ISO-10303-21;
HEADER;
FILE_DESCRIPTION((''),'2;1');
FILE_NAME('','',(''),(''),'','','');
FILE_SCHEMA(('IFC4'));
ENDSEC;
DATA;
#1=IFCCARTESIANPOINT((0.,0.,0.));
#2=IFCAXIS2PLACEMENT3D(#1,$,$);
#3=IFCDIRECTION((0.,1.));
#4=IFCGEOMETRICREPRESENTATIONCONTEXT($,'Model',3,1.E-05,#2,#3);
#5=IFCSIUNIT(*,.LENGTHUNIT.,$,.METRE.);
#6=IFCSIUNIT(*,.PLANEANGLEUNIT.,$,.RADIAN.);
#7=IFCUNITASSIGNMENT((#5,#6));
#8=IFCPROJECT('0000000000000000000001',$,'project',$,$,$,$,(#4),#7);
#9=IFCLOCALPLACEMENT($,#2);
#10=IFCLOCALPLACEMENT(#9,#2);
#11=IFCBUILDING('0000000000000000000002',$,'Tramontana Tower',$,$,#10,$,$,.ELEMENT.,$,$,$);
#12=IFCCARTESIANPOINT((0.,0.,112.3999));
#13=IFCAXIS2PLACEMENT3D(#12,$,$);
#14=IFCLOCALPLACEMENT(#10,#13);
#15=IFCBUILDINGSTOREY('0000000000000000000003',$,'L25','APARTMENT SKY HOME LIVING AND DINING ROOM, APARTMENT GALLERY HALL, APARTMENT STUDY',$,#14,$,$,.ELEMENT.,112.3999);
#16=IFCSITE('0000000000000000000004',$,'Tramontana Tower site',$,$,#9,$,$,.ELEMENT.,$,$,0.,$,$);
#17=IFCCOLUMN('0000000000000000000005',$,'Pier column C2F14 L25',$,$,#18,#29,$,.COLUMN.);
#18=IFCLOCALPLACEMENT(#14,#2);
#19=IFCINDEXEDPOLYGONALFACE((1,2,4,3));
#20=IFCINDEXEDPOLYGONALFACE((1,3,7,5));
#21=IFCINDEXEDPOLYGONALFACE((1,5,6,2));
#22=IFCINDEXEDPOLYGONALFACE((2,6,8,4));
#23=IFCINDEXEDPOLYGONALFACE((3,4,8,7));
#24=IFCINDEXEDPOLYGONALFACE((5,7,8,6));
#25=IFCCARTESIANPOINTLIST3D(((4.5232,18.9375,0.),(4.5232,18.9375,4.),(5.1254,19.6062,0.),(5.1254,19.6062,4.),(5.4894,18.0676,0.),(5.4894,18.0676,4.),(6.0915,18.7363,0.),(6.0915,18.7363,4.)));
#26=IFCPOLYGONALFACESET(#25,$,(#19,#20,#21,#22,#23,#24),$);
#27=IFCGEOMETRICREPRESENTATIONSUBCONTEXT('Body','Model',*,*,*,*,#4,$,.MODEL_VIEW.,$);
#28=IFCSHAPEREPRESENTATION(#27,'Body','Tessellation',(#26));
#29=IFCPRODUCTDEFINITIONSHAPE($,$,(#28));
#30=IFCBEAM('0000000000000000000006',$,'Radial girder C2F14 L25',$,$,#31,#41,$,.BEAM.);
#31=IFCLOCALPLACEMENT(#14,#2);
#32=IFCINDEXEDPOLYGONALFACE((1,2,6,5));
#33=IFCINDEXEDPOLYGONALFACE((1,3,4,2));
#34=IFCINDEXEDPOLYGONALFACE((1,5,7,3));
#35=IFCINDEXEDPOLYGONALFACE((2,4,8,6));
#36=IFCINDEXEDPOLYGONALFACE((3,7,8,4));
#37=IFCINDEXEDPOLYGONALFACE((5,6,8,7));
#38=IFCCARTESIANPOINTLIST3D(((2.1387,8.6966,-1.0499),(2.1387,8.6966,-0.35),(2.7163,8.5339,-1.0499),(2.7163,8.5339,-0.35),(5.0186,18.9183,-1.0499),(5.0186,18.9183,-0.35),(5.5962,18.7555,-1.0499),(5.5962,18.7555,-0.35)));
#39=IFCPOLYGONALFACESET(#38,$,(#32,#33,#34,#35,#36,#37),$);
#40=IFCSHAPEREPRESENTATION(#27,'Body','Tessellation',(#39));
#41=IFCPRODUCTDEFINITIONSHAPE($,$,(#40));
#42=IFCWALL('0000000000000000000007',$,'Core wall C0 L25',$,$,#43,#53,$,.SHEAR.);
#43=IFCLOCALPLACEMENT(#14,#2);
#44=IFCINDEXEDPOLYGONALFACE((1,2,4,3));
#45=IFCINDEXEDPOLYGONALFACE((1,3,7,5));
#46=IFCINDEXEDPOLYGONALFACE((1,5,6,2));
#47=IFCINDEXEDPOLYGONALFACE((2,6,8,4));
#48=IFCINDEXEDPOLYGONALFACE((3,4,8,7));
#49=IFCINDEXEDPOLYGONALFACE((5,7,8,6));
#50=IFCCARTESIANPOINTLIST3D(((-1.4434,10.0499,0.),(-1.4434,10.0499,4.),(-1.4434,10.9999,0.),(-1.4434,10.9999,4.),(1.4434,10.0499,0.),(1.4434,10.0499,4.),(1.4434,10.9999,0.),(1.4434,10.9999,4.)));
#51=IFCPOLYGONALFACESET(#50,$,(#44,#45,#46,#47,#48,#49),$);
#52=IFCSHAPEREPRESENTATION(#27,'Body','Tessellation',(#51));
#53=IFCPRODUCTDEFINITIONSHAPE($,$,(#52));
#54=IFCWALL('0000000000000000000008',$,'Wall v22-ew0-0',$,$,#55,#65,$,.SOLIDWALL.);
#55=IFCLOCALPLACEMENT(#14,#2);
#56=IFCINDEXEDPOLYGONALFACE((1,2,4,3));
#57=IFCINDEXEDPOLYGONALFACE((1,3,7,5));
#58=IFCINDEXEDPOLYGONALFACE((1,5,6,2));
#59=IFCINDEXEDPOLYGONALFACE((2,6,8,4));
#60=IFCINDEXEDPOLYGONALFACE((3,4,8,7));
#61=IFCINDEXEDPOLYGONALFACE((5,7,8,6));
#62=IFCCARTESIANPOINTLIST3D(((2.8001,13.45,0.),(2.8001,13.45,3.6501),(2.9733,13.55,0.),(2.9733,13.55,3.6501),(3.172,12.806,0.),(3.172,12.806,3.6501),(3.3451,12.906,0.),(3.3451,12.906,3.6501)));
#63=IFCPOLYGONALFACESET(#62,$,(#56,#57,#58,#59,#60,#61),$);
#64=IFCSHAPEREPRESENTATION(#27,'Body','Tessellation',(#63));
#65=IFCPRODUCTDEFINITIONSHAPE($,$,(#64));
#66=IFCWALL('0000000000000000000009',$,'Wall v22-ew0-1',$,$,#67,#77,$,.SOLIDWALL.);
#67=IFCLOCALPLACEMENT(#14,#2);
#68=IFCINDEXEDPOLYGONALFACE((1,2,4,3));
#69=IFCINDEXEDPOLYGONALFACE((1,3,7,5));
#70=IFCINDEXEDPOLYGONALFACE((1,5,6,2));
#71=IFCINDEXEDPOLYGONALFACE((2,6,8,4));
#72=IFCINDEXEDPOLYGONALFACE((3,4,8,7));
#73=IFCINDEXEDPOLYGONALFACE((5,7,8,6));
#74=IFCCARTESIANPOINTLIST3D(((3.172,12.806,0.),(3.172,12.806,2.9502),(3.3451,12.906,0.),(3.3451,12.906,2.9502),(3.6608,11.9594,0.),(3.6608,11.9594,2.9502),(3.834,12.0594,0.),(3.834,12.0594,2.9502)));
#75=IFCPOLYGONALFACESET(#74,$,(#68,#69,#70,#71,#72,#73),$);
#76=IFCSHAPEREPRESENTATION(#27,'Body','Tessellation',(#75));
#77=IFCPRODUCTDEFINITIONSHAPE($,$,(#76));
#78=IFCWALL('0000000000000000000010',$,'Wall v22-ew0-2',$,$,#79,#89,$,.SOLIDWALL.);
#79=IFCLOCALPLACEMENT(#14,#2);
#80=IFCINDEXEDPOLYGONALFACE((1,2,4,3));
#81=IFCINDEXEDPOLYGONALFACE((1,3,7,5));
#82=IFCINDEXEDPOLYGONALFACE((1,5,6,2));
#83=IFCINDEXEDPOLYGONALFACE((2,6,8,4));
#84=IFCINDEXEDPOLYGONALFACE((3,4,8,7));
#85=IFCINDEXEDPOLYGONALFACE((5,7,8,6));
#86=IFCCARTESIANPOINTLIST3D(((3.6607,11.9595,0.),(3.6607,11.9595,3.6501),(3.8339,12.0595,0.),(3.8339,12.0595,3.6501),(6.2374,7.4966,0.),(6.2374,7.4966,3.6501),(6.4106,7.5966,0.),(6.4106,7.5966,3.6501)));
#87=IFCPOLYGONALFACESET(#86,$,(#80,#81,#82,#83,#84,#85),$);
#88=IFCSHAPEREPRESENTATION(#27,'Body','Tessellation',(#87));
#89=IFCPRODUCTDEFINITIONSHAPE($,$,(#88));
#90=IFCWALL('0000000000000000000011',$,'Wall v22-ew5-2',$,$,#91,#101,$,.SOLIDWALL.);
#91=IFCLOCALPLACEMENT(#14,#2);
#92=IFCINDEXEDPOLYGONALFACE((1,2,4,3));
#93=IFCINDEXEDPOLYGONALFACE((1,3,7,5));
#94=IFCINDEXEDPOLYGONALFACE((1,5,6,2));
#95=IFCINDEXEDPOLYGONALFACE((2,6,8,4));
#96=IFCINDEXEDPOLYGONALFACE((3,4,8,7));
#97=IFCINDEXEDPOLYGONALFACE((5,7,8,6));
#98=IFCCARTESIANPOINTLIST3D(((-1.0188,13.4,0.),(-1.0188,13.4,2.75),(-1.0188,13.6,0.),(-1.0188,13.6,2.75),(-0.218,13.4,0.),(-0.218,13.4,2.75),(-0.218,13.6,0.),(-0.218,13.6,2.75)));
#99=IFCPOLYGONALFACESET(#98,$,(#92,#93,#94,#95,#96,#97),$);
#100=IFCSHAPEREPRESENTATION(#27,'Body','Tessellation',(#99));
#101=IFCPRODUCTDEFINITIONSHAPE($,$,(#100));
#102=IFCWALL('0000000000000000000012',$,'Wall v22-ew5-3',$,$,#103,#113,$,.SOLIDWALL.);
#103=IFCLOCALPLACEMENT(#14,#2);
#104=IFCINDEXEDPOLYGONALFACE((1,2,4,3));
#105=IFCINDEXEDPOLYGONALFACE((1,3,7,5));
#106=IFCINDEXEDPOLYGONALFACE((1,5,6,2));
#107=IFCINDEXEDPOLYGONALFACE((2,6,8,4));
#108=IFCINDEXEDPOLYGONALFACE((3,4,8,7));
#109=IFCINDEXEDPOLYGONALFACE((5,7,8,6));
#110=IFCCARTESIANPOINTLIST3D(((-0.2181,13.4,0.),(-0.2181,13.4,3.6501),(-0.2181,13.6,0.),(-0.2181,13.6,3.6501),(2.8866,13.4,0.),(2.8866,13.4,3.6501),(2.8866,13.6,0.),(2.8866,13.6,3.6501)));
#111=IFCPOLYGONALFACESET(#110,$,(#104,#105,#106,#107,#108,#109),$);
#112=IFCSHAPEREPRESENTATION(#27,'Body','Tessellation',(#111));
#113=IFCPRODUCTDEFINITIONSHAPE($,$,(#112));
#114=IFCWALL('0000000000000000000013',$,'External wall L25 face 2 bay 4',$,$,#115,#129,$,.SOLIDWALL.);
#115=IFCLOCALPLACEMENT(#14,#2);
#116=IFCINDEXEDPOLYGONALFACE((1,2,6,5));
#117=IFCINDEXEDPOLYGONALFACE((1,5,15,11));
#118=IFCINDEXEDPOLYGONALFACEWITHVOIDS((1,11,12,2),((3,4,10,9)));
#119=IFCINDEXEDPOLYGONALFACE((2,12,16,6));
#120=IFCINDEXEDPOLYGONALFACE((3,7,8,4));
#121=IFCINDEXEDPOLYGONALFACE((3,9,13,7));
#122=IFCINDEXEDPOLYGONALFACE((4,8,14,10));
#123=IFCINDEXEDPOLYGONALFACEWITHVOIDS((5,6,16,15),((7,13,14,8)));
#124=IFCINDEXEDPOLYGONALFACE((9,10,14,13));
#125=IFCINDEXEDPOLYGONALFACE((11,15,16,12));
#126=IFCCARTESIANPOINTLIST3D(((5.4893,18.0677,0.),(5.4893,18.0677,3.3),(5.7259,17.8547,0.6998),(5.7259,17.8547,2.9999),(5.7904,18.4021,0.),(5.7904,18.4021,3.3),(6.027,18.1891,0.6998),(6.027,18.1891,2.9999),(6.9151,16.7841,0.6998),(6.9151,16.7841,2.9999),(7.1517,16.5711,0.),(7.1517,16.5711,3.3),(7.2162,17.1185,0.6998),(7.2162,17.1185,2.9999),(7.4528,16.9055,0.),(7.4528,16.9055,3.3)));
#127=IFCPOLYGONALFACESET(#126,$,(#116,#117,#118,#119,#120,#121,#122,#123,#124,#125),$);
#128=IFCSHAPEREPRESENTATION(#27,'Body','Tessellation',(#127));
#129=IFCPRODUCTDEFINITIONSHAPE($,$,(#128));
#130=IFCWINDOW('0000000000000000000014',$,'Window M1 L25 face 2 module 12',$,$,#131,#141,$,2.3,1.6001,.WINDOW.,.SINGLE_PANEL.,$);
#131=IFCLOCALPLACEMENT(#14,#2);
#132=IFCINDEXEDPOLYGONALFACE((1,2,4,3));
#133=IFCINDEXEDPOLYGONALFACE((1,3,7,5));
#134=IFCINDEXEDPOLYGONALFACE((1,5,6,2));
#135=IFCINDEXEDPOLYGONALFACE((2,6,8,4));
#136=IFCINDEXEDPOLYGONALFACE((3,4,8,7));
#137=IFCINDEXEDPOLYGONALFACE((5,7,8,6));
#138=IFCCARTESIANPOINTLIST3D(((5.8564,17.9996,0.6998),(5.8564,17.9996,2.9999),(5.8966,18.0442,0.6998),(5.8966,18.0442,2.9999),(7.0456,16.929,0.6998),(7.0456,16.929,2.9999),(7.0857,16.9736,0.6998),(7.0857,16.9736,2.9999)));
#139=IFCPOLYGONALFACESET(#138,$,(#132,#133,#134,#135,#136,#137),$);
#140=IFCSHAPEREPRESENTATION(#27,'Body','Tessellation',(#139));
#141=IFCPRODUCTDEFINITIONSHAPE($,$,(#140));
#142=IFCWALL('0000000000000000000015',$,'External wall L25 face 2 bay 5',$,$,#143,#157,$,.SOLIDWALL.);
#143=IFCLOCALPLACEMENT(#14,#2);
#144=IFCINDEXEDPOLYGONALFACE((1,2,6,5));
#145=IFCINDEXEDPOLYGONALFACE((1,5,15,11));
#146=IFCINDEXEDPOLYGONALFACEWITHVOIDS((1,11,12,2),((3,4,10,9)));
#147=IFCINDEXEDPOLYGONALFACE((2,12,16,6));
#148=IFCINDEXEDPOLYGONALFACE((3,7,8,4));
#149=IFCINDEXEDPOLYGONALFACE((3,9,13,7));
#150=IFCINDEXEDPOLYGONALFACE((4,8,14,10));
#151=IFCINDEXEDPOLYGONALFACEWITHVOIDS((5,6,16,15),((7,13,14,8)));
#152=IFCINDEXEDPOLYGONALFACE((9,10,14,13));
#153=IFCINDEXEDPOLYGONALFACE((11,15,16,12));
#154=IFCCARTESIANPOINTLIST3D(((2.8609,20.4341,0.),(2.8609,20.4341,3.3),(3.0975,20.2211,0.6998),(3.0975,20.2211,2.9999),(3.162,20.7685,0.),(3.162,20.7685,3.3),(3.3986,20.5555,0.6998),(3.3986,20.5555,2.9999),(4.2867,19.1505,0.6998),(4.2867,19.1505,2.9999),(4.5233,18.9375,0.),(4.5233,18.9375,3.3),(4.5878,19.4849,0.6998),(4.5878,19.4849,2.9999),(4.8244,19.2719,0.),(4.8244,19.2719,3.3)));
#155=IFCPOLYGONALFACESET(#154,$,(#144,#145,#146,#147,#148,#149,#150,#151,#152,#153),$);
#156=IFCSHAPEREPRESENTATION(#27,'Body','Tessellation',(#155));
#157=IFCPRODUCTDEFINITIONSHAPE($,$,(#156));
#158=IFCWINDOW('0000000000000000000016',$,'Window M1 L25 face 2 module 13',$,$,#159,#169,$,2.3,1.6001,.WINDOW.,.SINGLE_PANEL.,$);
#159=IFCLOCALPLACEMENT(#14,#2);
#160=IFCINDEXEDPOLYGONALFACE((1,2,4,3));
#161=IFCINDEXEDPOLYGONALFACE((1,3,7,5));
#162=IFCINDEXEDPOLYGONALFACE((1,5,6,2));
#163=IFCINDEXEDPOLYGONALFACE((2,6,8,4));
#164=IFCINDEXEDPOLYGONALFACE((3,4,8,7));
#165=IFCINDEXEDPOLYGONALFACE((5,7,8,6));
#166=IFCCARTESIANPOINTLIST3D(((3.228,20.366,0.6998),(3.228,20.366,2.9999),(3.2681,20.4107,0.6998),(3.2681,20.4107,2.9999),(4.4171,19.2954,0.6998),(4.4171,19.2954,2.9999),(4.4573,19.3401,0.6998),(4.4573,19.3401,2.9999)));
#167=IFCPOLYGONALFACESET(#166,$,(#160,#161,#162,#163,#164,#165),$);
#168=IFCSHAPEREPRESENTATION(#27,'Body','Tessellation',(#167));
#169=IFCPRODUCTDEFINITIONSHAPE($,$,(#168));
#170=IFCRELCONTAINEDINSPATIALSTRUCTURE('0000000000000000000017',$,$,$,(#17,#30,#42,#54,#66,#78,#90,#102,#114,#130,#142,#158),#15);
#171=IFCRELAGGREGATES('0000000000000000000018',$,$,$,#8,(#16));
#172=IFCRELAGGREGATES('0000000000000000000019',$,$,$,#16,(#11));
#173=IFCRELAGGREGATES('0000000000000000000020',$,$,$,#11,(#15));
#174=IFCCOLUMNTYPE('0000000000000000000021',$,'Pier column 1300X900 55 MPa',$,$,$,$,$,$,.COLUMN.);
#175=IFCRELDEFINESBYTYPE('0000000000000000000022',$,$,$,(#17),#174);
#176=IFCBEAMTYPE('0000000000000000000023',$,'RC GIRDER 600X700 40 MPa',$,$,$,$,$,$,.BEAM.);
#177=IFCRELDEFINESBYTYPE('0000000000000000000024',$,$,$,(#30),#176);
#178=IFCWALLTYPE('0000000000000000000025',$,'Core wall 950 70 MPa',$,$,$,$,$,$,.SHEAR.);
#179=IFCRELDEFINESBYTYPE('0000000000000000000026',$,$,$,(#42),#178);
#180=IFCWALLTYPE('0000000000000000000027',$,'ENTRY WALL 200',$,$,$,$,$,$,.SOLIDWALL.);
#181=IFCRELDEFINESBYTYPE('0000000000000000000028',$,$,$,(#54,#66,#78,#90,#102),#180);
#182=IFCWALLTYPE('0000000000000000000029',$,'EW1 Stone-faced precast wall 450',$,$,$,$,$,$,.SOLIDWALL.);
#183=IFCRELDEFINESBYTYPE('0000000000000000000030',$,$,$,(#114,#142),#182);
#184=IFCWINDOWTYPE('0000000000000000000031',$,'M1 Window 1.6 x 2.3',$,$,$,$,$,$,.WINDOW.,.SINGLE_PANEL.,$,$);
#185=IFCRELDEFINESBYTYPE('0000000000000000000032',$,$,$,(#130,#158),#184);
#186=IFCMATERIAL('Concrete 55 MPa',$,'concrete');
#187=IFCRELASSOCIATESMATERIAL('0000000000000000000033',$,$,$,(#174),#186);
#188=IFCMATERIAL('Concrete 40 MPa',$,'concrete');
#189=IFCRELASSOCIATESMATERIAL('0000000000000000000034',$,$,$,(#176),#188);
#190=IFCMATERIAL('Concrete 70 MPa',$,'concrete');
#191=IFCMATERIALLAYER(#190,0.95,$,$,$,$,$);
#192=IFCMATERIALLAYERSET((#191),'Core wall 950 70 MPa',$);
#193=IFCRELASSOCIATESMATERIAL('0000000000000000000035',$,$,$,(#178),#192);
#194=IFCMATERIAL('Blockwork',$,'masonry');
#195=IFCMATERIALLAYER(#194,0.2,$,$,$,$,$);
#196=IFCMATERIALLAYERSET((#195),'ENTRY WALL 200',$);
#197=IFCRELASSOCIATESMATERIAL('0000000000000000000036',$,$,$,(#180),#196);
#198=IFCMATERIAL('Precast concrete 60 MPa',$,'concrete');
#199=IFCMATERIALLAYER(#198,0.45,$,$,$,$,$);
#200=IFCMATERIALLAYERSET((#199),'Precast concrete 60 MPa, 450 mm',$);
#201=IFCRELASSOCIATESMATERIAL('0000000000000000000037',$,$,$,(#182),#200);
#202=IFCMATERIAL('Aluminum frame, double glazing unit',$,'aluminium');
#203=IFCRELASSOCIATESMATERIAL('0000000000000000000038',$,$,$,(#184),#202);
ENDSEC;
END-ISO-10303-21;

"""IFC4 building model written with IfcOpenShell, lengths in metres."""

from ifc_helpers import new_model, si_unit, direction, frame, frame_2d, origin, origin_2d, place, context, subcontext, project, spatial, rectangle, extrude, material, layer, layer_set, material_profile, profile_set, type_object, element, fill, save


model = new_model("IFC4")

# Units and contexts
model_context = context("Model", 3, precision=1e-05, world=origin(), true_north=direction((0.0, 1.0)))
body_context = subcontext(model_context, "Body", "Model", "MODEL_VIEW")
ifc_project = project(units=[si_unit("LENGTHUNIT", "METRE"), si_unit("PLANEANGLEUNIT", "RADIAN")], contexts=[model_context])

# Site, building, storey
site_placement = place(None, origin())
site = spatial("IfcSite", under=ifc_project, at=site_placement, Name="Tramontana Tower site", CompositionType="ELEMENT", RefElevation=0.0)
building_placement = place(site_placement, origin())
building = spatial("IfcBuilding", under=site, at=building_placement, Name="Tramontana Tower", CompositionType="ELEMENT")
storey_placement = place(building_placement, frame((0.0, 0.0, 112.3999)))
storey = spatial("IfcBuildingStorey", under=building, at=storey_placement, Name="L25", Description="APARTMENT SKY HOME LIVING AND DINING ROOM, APARTMENT GALLERY HALL, APARTMENT STUDY", CompositionType="ELEMENT", Elevation=112.3999)

# Column
ifc_material_1 = material(Name="Concrete 55 MPa", Category="concrete")
ifc_material_profile_1 = material_profile(ifc_material_1, rectangle(XDim=1.3, YDim=0.8999, at=origin_2d()), Name="Pier column 1300X900 55 MPa")
ifc_profile_set_1 = profile_set([ifc_material_profile_1], Name="Concrete 55 MPa")
column_type = type_object("IfcColumnType", Name="Pier column 1300X900 55 MPa", PredefinedType="COLUMN", material=ifc_profile_set_1)
column_placement = place(storey_placement, frame((5.3074, 18.8369, 0.0), z_axis=(0.0, 0.0, 1.0), x_axis=(-0.743145, 0.669131, 0.0)))
element("IfcColumn", 1, at=column_placement, inside=storey, type_object=column_type, Name="Pier column C2F14 L25", PredefinedType="COLUMN", context=body_context, shape_type="SweptSolid", body=[
    extrude(rectangle(XDim=1.3, YDim=0.8999, at=origin_2d()), origin(), (0.0, 0.0, 1.0), 4.0),
])

# Beam
ifc_material_2 = material(Name="Concrete 40 MPa", Category="concrete")
ifc_material_profile_2 = material_profile(ifc_material_2, rectangle(XDim=0.6001, YDim=0.7, at=origin_2d()), Name="RC GIRDER 600X700 40 MPa")
ifc_profile_set_2 = profile_set([ifc_material_profile_2], Name="Concrete 40 MPa")
beam_type = type_object("IfcBeamType", Name="RC GIRDER 600X700 40 MPa", PredefinedType="BEAM", material=ifc_profile_set_2)
beam_placement = place(storey_placement, frame((5.3074, 18.8369, -0.7), z_axis=(-0.271185, -0.962527, 0.0), x_axis=(0.962527, -0.271185, 0.0)))
element("IfcBeam", 2, at=beam_placement, inside=storey, type_object=beam_type, Name="Radial girder C2F14 L25", PredefinedType="BEAM", context=body_context, shape_type="SweptSolid", body=[
    extrude(rectangle(XDim=0.6001, YDim=0.7, at=origin_2d()), origin(), (0.0, 0.0, 1.0), 10.6196),
])

# Walls
ifc_material_3 = material(Name="Concrete 70 MPa", Category="concrete")
ifc_layer_1 = layer(ifc_material_3, 0.95)
ifc_layer_set_1 = layer_set([ifc_layer_1], Name="Core wall 950 70 MPa")
wall_type_1 = type_object("IfcWallType", Name="Core wall 950 70 MPa", PredefinedType="SHEAR", material=ifc_layer_set_1)
wall_1_placement = place(storey_placement, frame((1.4434, 10.5249, 0.0), z_axis=(0.0, 0.0, 1.0), x_axis=(-1.0, 0.0, 0.0)))
element("IfcWall", 3, at=wall_1_placement, inside=storey, type_object=wall_type_1, Name="Core wall C0 L25", PredefinedType="SHEAR", context=body_context, shape_type="SweptSolid", body=[
    extrude(rectangle(XDim=2.8867, YDim=0.95, at=frame_2d((1.4434, 0.0))), origin(), (0.0, 0.0, 1.0), 4.0),
])
ifc_material_4 = material(Name="Blockwork", Category="masonry")
ifc_layer_2 = layer(ifc_material_4, 0.2)
ifc_layer_set_2 = layer_set([ifc_layer_2], Name="ENTRY WALL 200")
wall_type_2 = type_object("IfcWallType", Name="ENTRY WALL 200", PredefinedType="SOLIDWALL", material=ifc_layer_set_2)
wall_2_placement = place(storey_placement, frame((2.8867, 13.5, 0.0), z_axis=(0.0, 0.0, 1.0), x_axis=(0.499988, -0.866033, 0.0)))
element("IfcWall", 4, at=wall_2_placement, inside=storey, type_object=wall_type_2, Name="Wall v22-ew0-0", PredefinedType="SOLIDWALL", context=body_context, shape_type="SweptSolid", body=[
    extrude(rectangle(XDim=0.7437, YDim=0.2, at=frame_2d((0.3718, 0.0))), origin(), (0.0, 0.0, 1.0), 3.6501),
])
wall_3_placement = place(storey_placement, frame((3.2585, 12.856, 0.0), z_axis=(0.0, 0.0, 1.0), x_axis=(0.500061, -0.86599, 0.0)))
element("IfcWall", 5, at=wall_3_placement, inside=storey, type_object=wall_type_2, Name="Wall v22-ew0-1", PredefinedType="SOLIDWALL", context=body_context, shape_type="SweptSolid", body=[
    extrude(rectangle(XDim=0.9775, YDim=0.2, at=frame_2d((0.4888, 0.0))), origin(), (0.0, 0.0, 1.0), 2.9502),
])
wall_4_placement = place(storey_placement, frame((3.7473, 12.0095, 0.0), z_axis=(0.0, 0.0, 1.0), x_axis=(0.500001, -0.866025, 0.0)))
element("IfcWall", 6, at=wall_4_placement, inside=storey, type_object=wall_type_2, Name="Wall v22-ew0-2", PredefinedType="SOLIDWALL", context=body_context, shape_type="SweptSolid", body=[
    extrude(rectangle(XDim=5.1533, YDim=0.2, at=frame_2d((2.5767, 0.0))), origin(), (0.0, 0.0, 1.0), 3.6501),
])
wall_5_placement = place(storey_placement, frame((-1.0188, 13.5, 0.0), z_axis=(0.0, 0.0, 1.0), x_axis=(1.0, 0.0, 0.0)))
element("IfcWall", 7, at=wall_5_placement, inside=storey, type_object=wall_type_2, Name="Wall v22-ew5-2", PredefinedType="SOLIDWALL", context=body_context, shape_type="SweptSolid", body=[
    extrude(rectangle(XDim=0.8008, YDim=0.2, at=frame_2d((0.4004, 0.0))), origin(), (0.0, 0.0, 1.0), 2.75),
])
wall_6_placement = place(storey_placement, frame((-0.218, 13.5, 0.0), z_axis=(0.0, 0.0, 1.0), x_axis=(1.0, 0.0, 0.0)))
element("IfcWall", 8, at=wall_6_placement, inside=storey, type_object=wall_type_2, Name="Wall v22-ew5-3", PredefinedType="SOLIDWALL", context=body_context, shape_type="SweptSolid", body=[
    extrude(rectangle(XDim=3.1047, YDim=0.2, at=frame_2d((1.5522, 0.0))), origin(), (0.0, 0.0, 1.0), 3.6501),
])

# Walls, openings, windows
ifc_material_5 = material(Name="Precast concrete 60 MPa", Category="concrete")
ifc_layer_3 = layer(ifc_material_5, 0.45)
ifc_layer_set_3 = layer_set([ifc_layer_3], Name="Precast concrete 60 MPa, 450 mm")
wall_type_3 = type_object("IfcWallType", Name="EW1 Stone-faced precast wall 450", PredefinedType="SOLIDWALL", material=ifc_layer_set_3)
wall_7_placement = place(storey_placement, frame((7.3022, 16.7383, 0.0), z_axis=(0.0, 0.0, 1.0), x_axis=(-0.743191, 0.669079, 0.0)))
wall_7 = element("IfcWall", 9, at=wall_7_placement, inside=storey, type_object=wall_type_3, Name="External wall L25 face 2 bay 4", PredefinedType="SOLIDWALL", context=body_context, shape_type="SweptSolid", body=[
    extrude(rectangle(XDim=2.2368, YDim=0.45, at=frame_2d((1.1184, 0.0))), origin(), (0.0, 0.0, 1.0), 3.3),
])
opening_1_placement = place(wall_7_placement, frame((0.3184, 0.0, 0.7)))
opening_1 = element("IfcOpeningElement", 10, at=opening_1_placement, cuts=wall_7, PredefinedType="OPENING", context=body_context, shape_type="SweptSolid", body=[
    extrude(rectangle(XDim=1.6001, YDim=2.3, at=frame_2d((0.8, 1.1499))), frame((0.0, 0.2349, 0.0), z_axis=(0.0, -1.0, 0.0), x_axis=(1.0, 0.0, 0.0)), (0.0, 0.0, 1.0), 0.47),
])
ifc_material_6 = material(Name="Aluminum frame, double glazing unit", Category="aluminium")
window_type = type_object("IfcWindowType", Name="M1 Window 1.6 x 2.3", PartitioningType="SINGLE_PANEL", PredefinedType="WINDOW", material=ifc_material_6)
window_1_placement = place(opening_1_placement, origin())
window_1 = element("IfcWindow", 11, at=window_1_placement, inside=storey, type_object=window_type, Name="Window M1 L25 face 2 module 12", OverallHeight=2.3, OverallWidth=1.6001, PartitioningType="SINGLE_PANEL", PredefinedType="WINDOW", context=body_context, shape_type="SweptSolid", body=[
    extrude(rectangle(XDim=1.6001, YDim=2.3, at=frame_2d((0.8, 1.1499))), frame((0.0, 0.03, 0.0), z_axis=(0.0, -1.0, 0.0), x_axis=(1.0, 0.0, 0.0)), (0.0, 0.0, 1.0), 0.0601),
])
fill(opening_1, window_1)
wall_8_placement = place(storey_placement, frame((4.6738, 19.1047, 0.0), z_axis=(0.0, 0.0, 1.0), x_axis=(-0.743191, 0.669079, 0.0)))
wall_8 = element("IfcWall", 12, at=wall_8_placement, inside=storey, type_object=wall_type_3, Name="External wall L25 face 2 bay 5", PredefinedType="SOLIDWALL", context=body_context, shape_type="SweptSolid", body=[
    extrude(rectangle(XDim=2.2368, YDim=0.45, at=frame_2d((1.1184, 0.0))), origin(), (0.0, 0.0, 1.0), 3.3),
])
opening_2_placement = place(wall_8_placement, frame((0.3184, 0.0, 0.7)))
opening_2 = element("IfcOpeningElement", 13, at=opening_2_placement, cuts=wall_8, PredefinedType="OPENING", context=body_context, shape_type="SweptSolid", body=[
    extrude(rectangle(XDim=1.6001, YDim=2.3, at=frame_2d((0.8, 1.1499))), frame((0.0, 0.2349, 0.0), z_axis=(0.0, -1.0, 0.0), x_axis=(1.0, 0.0, 0.0)), (0.0, 0.0, 1.0), 0.47),
])
window_2_placement = place(opening_2_placement, origin())
window_2 = element("IfcWindow", 14, at=window_2_placement, inside=storey, type_object=window_type, Name="Window M1 L25 face 2 module 13", OverallHeight=2.3, OverallWidth=1.6001, PartitioningType="SINGLE_PANEL", PredefinedType="WINDOW", context=body_context, shape_type="SweptSolid", body=[
    extrude(rectangle(XDim=1.6001, YDim=2.3, at=frame_2d((0.8, 1.1499))), frame((0.0, 0.03, 0.0), z_axis=(0.0, -1.0, 0.0), x_axis=(1.0, 0.0, 0.0)), (0.0, 0.0, 1.0), 0.0601),
])
fill(opening_2, window_2)

save(model, "model.ifc")
